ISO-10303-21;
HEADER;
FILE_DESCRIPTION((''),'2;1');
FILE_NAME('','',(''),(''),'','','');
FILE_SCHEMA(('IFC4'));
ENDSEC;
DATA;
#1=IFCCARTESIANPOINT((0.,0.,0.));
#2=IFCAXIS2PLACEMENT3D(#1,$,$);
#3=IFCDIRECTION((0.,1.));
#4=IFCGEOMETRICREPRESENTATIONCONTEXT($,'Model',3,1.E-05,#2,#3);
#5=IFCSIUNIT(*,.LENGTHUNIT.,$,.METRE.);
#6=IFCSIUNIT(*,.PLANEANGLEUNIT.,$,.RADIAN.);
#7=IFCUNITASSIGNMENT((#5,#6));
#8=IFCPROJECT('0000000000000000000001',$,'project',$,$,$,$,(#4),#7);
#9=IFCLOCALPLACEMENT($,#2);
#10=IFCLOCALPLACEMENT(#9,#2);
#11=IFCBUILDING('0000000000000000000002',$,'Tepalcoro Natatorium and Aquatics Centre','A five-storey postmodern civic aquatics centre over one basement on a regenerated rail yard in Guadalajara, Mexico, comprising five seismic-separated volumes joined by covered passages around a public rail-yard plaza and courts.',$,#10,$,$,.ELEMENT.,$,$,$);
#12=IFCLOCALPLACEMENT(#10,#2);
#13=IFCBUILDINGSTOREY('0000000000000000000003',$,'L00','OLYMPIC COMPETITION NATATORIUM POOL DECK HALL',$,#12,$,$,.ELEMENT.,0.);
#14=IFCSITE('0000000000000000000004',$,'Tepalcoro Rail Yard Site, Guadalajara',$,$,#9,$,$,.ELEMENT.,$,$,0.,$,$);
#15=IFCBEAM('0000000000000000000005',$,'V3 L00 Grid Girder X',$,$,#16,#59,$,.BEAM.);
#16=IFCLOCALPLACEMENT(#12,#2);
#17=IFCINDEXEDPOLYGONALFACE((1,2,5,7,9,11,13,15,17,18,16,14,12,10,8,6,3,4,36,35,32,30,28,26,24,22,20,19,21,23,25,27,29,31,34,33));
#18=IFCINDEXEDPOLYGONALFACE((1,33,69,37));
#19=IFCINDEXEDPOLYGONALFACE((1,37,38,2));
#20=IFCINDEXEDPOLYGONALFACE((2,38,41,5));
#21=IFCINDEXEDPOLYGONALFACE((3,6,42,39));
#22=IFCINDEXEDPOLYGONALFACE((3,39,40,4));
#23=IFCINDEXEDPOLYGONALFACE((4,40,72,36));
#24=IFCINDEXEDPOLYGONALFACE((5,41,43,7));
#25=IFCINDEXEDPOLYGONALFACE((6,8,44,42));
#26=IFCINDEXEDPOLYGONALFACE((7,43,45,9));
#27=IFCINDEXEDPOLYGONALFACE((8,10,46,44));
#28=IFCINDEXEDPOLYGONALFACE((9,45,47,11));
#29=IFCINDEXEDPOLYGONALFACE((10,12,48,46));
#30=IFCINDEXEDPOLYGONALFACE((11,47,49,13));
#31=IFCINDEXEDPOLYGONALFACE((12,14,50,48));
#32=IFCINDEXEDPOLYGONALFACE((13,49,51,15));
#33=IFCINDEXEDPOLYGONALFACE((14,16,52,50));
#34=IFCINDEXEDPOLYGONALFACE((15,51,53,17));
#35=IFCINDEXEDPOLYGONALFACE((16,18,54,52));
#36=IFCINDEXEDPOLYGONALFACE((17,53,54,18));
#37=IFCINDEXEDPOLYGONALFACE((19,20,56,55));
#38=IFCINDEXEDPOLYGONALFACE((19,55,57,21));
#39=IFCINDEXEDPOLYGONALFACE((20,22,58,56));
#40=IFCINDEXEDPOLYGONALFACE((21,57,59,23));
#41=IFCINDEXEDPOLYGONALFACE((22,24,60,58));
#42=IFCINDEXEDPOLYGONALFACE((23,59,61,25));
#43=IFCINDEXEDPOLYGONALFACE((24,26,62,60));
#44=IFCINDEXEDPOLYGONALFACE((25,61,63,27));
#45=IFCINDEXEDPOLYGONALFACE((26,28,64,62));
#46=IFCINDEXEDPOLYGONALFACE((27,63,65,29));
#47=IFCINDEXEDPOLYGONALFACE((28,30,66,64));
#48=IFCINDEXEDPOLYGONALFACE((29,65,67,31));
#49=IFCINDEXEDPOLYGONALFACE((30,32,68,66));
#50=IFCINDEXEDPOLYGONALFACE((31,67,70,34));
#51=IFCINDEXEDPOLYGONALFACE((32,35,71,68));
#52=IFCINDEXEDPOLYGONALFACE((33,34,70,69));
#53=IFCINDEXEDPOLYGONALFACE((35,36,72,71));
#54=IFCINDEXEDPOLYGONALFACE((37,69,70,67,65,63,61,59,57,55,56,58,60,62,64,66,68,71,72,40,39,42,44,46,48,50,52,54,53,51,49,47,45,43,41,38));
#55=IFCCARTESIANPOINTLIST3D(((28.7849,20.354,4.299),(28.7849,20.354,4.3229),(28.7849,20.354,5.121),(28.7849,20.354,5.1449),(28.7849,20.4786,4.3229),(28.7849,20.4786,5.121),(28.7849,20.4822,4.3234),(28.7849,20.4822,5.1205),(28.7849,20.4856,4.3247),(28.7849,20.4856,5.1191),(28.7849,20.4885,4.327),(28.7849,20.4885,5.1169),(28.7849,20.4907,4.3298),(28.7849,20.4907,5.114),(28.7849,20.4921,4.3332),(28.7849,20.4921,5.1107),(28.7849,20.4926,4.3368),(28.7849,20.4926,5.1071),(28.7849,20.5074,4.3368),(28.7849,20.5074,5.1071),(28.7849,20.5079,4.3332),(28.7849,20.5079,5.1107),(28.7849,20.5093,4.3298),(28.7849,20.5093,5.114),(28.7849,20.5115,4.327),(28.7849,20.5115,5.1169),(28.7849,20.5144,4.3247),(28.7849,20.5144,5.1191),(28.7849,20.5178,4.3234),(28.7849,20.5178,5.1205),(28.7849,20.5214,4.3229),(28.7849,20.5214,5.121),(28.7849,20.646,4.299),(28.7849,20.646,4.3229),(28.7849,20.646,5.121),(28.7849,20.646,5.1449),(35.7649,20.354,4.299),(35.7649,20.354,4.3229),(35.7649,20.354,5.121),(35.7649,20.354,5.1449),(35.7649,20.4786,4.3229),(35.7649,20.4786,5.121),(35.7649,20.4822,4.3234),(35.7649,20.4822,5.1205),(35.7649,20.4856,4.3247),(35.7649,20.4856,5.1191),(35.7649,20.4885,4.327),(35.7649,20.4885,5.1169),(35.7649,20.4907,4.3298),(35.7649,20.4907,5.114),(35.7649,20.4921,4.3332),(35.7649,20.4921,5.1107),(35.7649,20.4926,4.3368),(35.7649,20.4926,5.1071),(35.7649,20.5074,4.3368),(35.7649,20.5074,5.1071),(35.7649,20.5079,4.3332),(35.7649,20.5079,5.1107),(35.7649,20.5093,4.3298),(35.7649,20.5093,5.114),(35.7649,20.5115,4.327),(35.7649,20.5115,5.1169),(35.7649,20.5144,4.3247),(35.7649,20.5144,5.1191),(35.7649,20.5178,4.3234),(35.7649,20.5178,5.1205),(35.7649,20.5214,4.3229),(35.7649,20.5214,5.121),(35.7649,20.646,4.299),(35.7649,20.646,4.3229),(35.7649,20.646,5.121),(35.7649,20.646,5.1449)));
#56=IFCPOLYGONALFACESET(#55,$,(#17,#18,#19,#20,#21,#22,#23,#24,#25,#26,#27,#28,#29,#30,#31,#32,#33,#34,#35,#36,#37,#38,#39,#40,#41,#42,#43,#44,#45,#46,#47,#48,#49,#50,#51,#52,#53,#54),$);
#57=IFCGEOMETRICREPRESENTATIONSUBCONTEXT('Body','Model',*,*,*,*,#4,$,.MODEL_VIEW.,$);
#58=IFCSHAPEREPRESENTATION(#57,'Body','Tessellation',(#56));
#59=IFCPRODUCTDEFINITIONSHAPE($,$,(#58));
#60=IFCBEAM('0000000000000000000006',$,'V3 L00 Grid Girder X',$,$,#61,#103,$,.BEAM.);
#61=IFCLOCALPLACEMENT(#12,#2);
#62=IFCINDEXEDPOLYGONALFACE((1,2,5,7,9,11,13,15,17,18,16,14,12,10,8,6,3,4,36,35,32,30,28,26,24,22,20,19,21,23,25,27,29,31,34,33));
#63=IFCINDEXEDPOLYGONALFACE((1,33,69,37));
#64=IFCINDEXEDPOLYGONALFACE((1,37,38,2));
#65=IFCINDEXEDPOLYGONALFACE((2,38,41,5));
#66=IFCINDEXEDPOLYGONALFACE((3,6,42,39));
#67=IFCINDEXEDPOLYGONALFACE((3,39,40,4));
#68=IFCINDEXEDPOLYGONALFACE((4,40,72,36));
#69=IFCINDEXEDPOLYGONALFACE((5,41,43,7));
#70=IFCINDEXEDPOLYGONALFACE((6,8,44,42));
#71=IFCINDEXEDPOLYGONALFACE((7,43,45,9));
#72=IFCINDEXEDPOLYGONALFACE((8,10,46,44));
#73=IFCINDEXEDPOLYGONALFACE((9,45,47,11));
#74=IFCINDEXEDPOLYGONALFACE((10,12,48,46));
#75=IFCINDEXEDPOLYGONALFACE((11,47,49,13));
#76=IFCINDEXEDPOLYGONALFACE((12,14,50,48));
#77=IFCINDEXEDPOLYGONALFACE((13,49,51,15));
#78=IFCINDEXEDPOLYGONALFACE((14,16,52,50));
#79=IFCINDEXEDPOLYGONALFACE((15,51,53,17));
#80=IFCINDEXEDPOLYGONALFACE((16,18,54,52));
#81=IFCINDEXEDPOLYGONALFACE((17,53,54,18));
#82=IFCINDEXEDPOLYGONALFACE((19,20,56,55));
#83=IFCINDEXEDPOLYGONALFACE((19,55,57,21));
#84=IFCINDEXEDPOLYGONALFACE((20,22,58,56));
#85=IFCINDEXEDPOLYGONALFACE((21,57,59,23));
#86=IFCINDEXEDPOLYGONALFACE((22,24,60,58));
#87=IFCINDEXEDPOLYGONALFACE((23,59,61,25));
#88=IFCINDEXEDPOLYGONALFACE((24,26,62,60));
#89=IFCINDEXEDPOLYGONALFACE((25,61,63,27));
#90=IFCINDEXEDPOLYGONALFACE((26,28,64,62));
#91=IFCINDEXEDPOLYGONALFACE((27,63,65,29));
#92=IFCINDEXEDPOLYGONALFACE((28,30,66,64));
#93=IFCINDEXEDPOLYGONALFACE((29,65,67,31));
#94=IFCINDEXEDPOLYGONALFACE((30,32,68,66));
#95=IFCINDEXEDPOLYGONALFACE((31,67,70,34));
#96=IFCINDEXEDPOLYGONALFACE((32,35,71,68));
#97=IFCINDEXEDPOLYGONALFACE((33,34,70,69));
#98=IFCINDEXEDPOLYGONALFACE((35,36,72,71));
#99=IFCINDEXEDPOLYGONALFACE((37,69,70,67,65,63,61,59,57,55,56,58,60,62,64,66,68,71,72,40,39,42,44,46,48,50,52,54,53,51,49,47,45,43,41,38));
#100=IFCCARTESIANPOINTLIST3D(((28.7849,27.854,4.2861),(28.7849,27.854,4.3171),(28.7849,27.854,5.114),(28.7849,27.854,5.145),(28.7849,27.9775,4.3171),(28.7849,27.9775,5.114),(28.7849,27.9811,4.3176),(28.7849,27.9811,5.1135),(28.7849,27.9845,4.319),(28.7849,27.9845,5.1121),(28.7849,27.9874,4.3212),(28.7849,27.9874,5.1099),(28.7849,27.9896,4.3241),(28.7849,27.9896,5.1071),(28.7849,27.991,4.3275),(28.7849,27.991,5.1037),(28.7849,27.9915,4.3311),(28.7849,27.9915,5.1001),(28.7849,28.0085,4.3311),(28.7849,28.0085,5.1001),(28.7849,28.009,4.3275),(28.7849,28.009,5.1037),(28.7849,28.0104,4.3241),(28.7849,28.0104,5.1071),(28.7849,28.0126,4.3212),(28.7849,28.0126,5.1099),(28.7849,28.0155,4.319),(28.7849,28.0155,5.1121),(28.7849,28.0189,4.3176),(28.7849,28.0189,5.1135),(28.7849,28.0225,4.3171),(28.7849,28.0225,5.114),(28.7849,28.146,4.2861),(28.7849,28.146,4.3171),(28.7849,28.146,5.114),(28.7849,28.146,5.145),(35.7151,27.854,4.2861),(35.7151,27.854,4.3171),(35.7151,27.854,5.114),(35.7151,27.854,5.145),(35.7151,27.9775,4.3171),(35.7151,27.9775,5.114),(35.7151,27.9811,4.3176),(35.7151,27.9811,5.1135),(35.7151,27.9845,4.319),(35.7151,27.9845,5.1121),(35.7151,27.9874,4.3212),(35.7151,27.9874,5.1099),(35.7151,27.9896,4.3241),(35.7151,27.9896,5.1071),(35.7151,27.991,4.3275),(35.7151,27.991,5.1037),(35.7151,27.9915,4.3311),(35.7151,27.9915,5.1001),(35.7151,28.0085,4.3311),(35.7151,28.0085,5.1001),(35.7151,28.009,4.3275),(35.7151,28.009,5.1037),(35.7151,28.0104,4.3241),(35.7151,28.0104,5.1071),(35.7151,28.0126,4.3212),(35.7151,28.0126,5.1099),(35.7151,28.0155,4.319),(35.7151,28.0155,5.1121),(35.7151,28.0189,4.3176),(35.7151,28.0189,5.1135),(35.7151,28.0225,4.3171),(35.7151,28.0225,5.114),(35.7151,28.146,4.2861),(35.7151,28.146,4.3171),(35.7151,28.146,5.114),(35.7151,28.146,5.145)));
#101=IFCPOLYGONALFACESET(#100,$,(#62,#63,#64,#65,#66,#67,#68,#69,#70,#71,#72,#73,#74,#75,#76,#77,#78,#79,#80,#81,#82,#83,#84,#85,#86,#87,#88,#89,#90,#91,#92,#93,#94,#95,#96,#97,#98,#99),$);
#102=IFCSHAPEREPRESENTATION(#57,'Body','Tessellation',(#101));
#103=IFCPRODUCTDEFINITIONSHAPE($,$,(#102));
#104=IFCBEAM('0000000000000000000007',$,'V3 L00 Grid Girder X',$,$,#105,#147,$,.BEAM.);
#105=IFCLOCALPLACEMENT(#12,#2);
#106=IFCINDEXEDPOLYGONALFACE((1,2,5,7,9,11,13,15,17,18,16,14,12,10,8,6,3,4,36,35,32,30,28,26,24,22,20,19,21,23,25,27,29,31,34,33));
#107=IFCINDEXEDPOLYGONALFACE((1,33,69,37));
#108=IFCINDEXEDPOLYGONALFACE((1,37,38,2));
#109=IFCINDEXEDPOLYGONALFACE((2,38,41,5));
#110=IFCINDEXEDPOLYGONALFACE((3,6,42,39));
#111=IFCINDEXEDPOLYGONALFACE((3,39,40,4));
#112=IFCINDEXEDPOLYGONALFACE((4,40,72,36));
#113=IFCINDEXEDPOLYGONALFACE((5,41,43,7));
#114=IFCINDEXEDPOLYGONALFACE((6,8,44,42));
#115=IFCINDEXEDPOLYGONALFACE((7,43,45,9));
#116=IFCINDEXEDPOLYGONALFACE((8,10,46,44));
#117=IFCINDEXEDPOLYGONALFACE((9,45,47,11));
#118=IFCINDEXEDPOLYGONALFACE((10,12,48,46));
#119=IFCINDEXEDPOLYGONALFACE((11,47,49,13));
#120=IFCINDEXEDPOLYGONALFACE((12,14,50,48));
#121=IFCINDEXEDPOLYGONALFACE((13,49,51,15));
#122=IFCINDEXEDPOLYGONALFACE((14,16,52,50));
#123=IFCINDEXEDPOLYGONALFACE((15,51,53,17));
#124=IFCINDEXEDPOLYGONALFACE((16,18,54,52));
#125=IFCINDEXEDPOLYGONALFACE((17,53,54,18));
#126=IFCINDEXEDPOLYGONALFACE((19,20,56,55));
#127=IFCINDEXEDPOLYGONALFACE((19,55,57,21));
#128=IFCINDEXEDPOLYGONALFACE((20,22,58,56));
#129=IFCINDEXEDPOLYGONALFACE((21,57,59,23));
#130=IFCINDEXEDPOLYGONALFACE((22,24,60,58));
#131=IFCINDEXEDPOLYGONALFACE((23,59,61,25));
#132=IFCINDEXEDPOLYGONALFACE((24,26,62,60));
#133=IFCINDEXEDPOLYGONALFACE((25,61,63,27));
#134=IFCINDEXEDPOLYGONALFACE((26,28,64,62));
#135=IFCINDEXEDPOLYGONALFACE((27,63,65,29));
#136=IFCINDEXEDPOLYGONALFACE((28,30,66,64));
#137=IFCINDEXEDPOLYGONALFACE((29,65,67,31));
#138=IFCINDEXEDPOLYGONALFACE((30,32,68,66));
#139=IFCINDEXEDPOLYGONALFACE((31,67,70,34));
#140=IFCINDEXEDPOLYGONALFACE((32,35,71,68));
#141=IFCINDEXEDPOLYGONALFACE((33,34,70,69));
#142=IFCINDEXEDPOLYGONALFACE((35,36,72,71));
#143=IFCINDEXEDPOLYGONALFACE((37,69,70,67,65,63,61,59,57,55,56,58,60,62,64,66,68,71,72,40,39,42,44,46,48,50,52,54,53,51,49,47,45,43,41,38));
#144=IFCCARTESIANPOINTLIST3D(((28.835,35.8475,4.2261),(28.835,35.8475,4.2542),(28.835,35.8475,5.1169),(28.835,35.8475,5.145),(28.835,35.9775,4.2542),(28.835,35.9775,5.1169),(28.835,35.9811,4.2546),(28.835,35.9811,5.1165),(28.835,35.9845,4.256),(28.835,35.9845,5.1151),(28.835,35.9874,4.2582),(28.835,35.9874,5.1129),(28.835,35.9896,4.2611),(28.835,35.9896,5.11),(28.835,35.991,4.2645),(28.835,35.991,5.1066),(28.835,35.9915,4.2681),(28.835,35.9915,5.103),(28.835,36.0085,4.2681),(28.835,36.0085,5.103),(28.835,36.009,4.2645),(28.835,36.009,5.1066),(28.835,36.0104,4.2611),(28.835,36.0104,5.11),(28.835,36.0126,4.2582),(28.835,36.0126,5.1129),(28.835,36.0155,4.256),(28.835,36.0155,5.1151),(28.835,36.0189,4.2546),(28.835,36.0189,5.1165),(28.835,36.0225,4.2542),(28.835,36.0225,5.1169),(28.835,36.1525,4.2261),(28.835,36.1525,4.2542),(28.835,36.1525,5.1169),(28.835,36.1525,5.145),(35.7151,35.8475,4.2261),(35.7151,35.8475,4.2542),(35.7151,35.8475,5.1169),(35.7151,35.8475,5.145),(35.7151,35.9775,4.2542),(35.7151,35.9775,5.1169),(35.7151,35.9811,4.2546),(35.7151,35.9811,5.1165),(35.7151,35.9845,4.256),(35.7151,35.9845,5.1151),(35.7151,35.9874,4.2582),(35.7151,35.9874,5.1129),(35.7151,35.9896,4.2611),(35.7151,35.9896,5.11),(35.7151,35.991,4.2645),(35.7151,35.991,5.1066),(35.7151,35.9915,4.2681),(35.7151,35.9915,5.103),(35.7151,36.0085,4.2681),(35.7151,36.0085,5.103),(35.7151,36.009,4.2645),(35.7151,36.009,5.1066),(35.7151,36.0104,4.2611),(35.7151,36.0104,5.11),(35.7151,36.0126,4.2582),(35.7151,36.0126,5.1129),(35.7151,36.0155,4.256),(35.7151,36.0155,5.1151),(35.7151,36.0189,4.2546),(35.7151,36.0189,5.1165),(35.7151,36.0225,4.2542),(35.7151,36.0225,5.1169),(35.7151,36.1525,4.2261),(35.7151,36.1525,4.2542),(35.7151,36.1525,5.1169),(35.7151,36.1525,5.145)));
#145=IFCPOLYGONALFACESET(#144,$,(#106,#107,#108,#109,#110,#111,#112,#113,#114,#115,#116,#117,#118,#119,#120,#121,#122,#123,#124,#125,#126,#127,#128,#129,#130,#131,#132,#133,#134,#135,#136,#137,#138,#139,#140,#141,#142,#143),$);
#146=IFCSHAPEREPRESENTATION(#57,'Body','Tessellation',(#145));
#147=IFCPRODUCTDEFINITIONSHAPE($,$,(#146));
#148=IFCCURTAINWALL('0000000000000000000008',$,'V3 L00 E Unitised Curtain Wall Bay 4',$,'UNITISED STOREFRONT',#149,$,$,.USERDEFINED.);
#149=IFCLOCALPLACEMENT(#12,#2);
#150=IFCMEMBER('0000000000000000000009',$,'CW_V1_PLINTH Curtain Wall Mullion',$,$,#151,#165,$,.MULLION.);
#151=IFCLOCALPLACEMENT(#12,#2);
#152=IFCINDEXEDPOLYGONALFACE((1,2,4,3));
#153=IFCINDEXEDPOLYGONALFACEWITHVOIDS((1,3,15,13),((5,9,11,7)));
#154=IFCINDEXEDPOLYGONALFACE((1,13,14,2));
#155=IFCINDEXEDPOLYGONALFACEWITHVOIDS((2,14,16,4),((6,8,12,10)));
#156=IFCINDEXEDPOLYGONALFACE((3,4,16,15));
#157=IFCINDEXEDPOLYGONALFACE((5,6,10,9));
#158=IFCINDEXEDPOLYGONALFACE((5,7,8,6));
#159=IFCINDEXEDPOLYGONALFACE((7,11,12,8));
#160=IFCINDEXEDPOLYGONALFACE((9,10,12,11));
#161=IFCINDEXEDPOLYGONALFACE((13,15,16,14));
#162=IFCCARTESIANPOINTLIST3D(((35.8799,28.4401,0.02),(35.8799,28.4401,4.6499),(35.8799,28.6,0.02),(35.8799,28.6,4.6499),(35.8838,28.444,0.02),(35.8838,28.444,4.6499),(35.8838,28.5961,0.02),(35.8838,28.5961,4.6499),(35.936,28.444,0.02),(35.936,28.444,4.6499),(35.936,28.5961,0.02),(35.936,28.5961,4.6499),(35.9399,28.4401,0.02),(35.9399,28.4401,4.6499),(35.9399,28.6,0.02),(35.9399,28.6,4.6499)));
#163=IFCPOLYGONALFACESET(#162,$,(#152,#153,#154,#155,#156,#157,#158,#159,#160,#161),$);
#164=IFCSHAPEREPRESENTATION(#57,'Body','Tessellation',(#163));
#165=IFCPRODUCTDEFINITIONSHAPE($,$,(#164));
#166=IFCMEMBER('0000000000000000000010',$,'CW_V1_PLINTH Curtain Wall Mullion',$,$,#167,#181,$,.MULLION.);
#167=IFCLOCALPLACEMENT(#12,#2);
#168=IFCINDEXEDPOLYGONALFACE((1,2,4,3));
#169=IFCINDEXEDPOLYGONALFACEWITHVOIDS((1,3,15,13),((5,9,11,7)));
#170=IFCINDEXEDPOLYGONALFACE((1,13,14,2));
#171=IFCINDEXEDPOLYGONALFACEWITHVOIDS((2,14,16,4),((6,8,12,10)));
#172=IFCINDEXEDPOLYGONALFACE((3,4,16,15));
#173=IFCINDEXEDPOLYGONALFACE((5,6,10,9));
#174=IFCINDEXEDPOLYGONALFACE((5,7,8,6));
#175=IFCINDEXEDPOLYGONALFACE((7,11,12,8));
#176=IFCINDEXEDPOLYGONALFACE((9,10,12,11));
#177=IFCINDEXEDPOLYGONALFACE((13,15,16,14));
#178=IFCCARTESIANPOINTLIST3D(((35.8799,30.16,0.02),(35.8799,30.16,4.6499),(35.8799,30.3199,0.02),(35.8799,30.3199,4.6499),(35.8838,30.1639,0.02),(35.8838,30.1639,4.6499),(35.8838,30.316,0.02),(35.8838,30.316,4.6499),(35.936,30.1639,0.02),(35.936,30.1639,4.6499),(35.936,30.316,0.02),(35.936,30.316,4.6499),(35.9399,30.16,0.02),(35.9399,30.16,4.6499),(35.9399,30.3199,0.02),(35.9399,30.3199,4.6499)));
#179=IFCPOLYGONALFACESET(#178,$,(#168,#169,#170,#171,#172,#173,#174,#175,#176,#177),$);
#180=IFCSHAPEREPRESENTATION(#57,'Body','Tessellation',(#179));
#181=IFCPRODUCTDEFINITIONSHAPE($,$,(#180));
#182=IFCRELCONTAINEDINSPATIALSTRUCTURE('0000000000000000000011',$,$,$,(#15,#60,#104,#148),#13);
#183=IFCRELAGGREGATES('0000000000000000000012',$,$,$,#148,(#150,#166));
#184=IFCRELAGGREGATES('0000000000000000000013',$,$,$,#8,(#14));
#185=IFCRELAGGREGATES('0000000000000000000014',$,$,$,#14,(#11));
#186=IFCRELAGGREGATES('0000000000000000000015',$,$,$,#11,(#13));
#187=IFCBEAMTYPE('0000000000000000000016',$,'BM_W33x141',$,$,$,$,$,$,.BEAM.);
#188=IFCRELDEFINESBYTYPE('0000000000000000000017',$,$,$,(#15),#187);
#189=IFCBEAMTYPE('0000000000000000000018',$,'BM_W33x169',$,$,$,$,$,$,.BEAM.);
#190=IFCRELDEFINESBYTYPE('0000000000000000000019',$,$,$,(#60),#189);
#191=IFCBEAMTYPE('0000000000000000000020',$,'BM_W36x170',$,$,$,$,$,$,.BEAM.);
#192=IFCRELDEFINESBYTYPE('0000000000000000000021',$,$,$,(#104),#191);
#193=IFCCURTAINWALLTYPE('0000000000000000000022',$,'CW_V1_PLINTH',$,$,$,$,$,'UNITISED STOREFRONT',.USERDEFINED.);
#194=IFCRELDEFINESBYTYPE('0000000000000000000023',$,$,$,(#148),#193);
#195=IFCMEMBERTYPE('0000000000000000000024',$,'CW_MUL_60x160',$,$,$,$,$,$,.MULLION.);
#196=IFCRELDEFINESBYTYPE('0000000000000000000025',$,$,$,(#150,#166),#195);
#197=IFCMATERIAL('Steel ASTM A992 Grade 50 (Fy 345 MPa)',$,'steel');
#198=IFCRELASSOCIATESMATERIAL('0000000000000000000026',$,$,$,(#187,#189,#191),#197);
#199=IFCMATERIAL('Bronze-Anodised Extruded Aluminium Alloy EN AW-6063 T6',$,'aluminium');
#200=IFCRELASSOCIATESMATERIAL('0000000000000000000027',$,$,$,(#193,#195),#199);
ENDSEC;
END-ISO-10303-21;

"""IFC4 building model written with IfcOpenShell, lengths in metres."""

from ifc_helpers import new_model, si_unit, direction, frame, origin, origin_2d, place, context, subcontext, project, spatial, hollow_rectangle, i_section, extrude, material, material_profile, profile_set, type_object, element, aggregate, save


model = new_model("IFC4")

# Units and contexts
model_context = context("Model", 3, precision=1e-05, world=origin(), true_north=direction((0.0, 1.0)))
body_context = subcontext(model_context, "Body", "Model", "MODEL_VIEW")
ifc_project = project(units=[si_unit("LENGTHUNIT", "METRE"), si_unit("PLANEANGLEUNIT", "RADIAN")], contexts=[model_context])

# Site, building, storey
site_placement = place(None, origin())
site = spatial("IfcSite", under=ifc_project, at=site_placement, Name="Tepalcoro Rail Yard Site, Guadalajara", CompositionType="ELEMENT", RefElevation=0.0)
building_placement = place(site_placement, origin())
building = spatial("IfcBuilding", under=site, at=building_placement, Name="Tepalcoro Natatorium and Aquatics Centre", Description="A five-storey postmodern civic aquatics centre over one basement on a regenerated rail yard in Guadalajara, Mexico, comprising five seismic-separated volumes joined by covered passages around a public rail-yard plaza and courts.", CompositionType="ELEMENT")
storey_placement = place(building_placement, origin())
storey = spatial("IfcBuildingStorey", under=building, at=storey_placement, Name="L00", Description="OLYMPIC COMPETITION NATATORIUM POOL DECK HALL", CompositionType="ELEMENT", Elevation=0.0)

# Beams
ifc_material_1 = material(Name="Steel ASTM A992 Grade 50 (Fy 345 MPa)", Category="steel")
ifc_material_profile_1 = material_profile(ifc_material_1, i_section(OverallWidth=0.292, OverallDepth=0.8459, WebThickness=0.0149, FlangeThickness=0.0239, FilletRadius=0.0139, at=origin_2d()), Name="W33X141")
ifc_profile_set_1 = profile_set([ifc_material_profile_1], Name="Steel ASTM A992 Grade 50 (Fy 345 MPa)")
beam_type_1 = type_object("IfcBeamType", Name="BM_W33x141", PredefinedType="BEAM", material=ifc_profile_set_1)
beam_1_placement = place(storey_placement, frame((28.7849, 20.5, 4.7219), z_axis=(1.0, 0.0, 0.0), x_axis=(0.0, 1.0, 0.0)))
element("IfcBeam", 1, at=beam_1_placement, inside=storey, type_object=beam_type_1, Name="V3 L00 Grid Girder X", PredefinedType="BEAM", context=body_context, shape_type="SweptSolid", body=[
    extrude(i_section(OverallWidth=0.292, OverallDepth=0.8459, WebThickness=0.0149, FlangeThickness=0.0239, FilletRadius=0.0139, at=origin_2d()), origin(), (0.0, 0.0, 1.0), 6.98),
])
ifc_material_profile_2 = material_profile(ifc_material_1, i_section(OverallWidth=0.292, OverallDepth=0.8589, WebThickness=0.0171, FlangeThickness=0.031, FilletRadius=0.0139, at=origin_2d()), Name="W33X169")
ifc_profile_set_2 = profile_set([ifc_material_profile_2], Name="Steel ASTM A992 Grade 50 (Fy 345 MPa)")
beam_type_2 = type_object("IfcBeamType", Name="BM_W33x169", PredefinedType="BEAM", material=ifc_profile_set_2)
beam_2_placement = place(storey_placement, frame((28.7849, 28.0, 4.7156), z_axis=(1.0, 0.0, 0.0), x_axis=(0.0, 1.0, 0.0)))
element("IfcBeam", 2, at=beam_2_placement, inside=storey, type_object=beam_type_2, Name="V3 L00 Grid Girder X", PredefinedType="BEAM", context=body_context, shape_type="SweptSolid", body=[
    extrude(i_section(OverallWidth=0.292, OverallDepth=0.8589, WebThickness=0.0171, FlangeThickness=0.031, FilletRadius=0.0139, at=origin_2d()), origin(), (0.0, 0.0, 1.0), 6.9302),
])
ifc_material_profile_3 = material_profile(ifc_material_1, i_section(OverallWidth=0.3049, OverallDepth=0.9189, WebThickness=0.0171, FlangeThickness=0.0281, FilletRadius=0.0139, at=origin_2d()), Name="W36X170")
ifc_profile_set_3 = profile_set([ifc_material_profile_3], Name="Steel ASTM A992 Grade 50 (Fy 345 MPa)")
beam_type_3 = type_object("IfcBeamType", Name="BM_W36x170", PredefinedType="BEAM", material=ifc_profile_set_3)
beam_3_placement = place(storey_placement, frame((28.835, 36.0, 4.6855), z_axis=(1.0, 0.0, 0.0), x_axis=(0.0, 1.0, 0.0)))
element("IfcBeam", 3, at=beam_3_placement, inside=storey, type_object=beam_type_3, Name="V3 L00 Grid Girder X", PredefinedType="BEAM", context=body_context, shape_type="SweptSolid", body=[
    extrude(i_section(OverallWidth=0.3049, OverallDepth=0.9189, WebThickness=0.0171, FlangeThickness=0.0281, FilletRadius=0.0139, at=origin_2d()), origin(), (0.0, 0.0, 1.0), 6.8801),
])

# Curtain wall, members
ifc_material_2 = material(Name="Bronze-Anodised Extruded Aluminium Alloy EN AW-6063 T6", Category="aluminium")
curtain_wall_type_1 = type_object("IfcCurtainWallType", Name="CW_V1_PLINTH", ElementType="UNITISED STOREFRONT", PredefinedType="USERDEFINED", material=ifc_material_2)
curtain_wall_1_placement = place(storey_placement, origin())
curtain_wall_1 = element("IfcCurtainWall", 4, at=curtain_wall_1_placement, inside=storey, type_object=curtain_wall_type_1, Name="V3 L00 E Unitised Curtain Wall Bay 4", ObjectType="UNITISED STOREFRONT", PredefinedType="USERDEFINED")
ifc_material_profile_4 = material_profile(ifc_material_2, hollow_rectangle(XDim=0.0601, YDim=0.1599, WallThickness=0.0039, at=origin_2d()), Name="AL60X160X4")
ifc_profile_set_4 = profile_set([ifc_material_profile_4], Name="Bronze-Anodised Extruded Aluminium Alloy EN AW-6063 T6")
member_type_1 = type_object("IfcMemberType", Name="CW_MUL_60x160", PredefinedType="MULLION", material=ifc_profile_set_4)
member_1_placement = place(storey_placement, frame((35.9099, 28.52, 0.02), z_axis=(0.0, 0.0, 1.0), x_axis=(1.0, 0.0, 0.0)))
member_1 = element("IfcMember", 5, at=member_1_placement, type_object=member_type_1, Name="CW_V1_PLINTH Curtain Wall Mullion", PredefinedType="MULLION", context=body_context, shape_type="SweptSolid", body=[
    extrude(hollow_rectangle(XDim=0.0601, YDim=0.1599, WallThickness=0.0039, at=origin_2d()), origin(), (0.0, 0.0, 1.0), 4.6299),
])
member_2_placement = place(storey_placement, frame((35.9099, 30.24, 0.02), z_axis=(0.0, 0.0, 1.0), x_axis=(1.0, 0.0, 0.0)))
member_2 = element("IfcMember", 6, at=member_2_placement, type_object=member_type_1, Name="CW_V1_PLINTH Curtain Wall Mullion", PredefinedType="MULLION", context=body_context, shape_type="SweptSolid", body=[
    extrude(hollow_rectangle(XDim=0.0601, YDim=0.1599, WallThickness=0.0039, at=origin_2d()), origin(), (0.0, 0.0, 1.0), 4.6299),
])

aggregate(curtain_wall_1, [member_1, member_2])

save(model, "model.ifc")
